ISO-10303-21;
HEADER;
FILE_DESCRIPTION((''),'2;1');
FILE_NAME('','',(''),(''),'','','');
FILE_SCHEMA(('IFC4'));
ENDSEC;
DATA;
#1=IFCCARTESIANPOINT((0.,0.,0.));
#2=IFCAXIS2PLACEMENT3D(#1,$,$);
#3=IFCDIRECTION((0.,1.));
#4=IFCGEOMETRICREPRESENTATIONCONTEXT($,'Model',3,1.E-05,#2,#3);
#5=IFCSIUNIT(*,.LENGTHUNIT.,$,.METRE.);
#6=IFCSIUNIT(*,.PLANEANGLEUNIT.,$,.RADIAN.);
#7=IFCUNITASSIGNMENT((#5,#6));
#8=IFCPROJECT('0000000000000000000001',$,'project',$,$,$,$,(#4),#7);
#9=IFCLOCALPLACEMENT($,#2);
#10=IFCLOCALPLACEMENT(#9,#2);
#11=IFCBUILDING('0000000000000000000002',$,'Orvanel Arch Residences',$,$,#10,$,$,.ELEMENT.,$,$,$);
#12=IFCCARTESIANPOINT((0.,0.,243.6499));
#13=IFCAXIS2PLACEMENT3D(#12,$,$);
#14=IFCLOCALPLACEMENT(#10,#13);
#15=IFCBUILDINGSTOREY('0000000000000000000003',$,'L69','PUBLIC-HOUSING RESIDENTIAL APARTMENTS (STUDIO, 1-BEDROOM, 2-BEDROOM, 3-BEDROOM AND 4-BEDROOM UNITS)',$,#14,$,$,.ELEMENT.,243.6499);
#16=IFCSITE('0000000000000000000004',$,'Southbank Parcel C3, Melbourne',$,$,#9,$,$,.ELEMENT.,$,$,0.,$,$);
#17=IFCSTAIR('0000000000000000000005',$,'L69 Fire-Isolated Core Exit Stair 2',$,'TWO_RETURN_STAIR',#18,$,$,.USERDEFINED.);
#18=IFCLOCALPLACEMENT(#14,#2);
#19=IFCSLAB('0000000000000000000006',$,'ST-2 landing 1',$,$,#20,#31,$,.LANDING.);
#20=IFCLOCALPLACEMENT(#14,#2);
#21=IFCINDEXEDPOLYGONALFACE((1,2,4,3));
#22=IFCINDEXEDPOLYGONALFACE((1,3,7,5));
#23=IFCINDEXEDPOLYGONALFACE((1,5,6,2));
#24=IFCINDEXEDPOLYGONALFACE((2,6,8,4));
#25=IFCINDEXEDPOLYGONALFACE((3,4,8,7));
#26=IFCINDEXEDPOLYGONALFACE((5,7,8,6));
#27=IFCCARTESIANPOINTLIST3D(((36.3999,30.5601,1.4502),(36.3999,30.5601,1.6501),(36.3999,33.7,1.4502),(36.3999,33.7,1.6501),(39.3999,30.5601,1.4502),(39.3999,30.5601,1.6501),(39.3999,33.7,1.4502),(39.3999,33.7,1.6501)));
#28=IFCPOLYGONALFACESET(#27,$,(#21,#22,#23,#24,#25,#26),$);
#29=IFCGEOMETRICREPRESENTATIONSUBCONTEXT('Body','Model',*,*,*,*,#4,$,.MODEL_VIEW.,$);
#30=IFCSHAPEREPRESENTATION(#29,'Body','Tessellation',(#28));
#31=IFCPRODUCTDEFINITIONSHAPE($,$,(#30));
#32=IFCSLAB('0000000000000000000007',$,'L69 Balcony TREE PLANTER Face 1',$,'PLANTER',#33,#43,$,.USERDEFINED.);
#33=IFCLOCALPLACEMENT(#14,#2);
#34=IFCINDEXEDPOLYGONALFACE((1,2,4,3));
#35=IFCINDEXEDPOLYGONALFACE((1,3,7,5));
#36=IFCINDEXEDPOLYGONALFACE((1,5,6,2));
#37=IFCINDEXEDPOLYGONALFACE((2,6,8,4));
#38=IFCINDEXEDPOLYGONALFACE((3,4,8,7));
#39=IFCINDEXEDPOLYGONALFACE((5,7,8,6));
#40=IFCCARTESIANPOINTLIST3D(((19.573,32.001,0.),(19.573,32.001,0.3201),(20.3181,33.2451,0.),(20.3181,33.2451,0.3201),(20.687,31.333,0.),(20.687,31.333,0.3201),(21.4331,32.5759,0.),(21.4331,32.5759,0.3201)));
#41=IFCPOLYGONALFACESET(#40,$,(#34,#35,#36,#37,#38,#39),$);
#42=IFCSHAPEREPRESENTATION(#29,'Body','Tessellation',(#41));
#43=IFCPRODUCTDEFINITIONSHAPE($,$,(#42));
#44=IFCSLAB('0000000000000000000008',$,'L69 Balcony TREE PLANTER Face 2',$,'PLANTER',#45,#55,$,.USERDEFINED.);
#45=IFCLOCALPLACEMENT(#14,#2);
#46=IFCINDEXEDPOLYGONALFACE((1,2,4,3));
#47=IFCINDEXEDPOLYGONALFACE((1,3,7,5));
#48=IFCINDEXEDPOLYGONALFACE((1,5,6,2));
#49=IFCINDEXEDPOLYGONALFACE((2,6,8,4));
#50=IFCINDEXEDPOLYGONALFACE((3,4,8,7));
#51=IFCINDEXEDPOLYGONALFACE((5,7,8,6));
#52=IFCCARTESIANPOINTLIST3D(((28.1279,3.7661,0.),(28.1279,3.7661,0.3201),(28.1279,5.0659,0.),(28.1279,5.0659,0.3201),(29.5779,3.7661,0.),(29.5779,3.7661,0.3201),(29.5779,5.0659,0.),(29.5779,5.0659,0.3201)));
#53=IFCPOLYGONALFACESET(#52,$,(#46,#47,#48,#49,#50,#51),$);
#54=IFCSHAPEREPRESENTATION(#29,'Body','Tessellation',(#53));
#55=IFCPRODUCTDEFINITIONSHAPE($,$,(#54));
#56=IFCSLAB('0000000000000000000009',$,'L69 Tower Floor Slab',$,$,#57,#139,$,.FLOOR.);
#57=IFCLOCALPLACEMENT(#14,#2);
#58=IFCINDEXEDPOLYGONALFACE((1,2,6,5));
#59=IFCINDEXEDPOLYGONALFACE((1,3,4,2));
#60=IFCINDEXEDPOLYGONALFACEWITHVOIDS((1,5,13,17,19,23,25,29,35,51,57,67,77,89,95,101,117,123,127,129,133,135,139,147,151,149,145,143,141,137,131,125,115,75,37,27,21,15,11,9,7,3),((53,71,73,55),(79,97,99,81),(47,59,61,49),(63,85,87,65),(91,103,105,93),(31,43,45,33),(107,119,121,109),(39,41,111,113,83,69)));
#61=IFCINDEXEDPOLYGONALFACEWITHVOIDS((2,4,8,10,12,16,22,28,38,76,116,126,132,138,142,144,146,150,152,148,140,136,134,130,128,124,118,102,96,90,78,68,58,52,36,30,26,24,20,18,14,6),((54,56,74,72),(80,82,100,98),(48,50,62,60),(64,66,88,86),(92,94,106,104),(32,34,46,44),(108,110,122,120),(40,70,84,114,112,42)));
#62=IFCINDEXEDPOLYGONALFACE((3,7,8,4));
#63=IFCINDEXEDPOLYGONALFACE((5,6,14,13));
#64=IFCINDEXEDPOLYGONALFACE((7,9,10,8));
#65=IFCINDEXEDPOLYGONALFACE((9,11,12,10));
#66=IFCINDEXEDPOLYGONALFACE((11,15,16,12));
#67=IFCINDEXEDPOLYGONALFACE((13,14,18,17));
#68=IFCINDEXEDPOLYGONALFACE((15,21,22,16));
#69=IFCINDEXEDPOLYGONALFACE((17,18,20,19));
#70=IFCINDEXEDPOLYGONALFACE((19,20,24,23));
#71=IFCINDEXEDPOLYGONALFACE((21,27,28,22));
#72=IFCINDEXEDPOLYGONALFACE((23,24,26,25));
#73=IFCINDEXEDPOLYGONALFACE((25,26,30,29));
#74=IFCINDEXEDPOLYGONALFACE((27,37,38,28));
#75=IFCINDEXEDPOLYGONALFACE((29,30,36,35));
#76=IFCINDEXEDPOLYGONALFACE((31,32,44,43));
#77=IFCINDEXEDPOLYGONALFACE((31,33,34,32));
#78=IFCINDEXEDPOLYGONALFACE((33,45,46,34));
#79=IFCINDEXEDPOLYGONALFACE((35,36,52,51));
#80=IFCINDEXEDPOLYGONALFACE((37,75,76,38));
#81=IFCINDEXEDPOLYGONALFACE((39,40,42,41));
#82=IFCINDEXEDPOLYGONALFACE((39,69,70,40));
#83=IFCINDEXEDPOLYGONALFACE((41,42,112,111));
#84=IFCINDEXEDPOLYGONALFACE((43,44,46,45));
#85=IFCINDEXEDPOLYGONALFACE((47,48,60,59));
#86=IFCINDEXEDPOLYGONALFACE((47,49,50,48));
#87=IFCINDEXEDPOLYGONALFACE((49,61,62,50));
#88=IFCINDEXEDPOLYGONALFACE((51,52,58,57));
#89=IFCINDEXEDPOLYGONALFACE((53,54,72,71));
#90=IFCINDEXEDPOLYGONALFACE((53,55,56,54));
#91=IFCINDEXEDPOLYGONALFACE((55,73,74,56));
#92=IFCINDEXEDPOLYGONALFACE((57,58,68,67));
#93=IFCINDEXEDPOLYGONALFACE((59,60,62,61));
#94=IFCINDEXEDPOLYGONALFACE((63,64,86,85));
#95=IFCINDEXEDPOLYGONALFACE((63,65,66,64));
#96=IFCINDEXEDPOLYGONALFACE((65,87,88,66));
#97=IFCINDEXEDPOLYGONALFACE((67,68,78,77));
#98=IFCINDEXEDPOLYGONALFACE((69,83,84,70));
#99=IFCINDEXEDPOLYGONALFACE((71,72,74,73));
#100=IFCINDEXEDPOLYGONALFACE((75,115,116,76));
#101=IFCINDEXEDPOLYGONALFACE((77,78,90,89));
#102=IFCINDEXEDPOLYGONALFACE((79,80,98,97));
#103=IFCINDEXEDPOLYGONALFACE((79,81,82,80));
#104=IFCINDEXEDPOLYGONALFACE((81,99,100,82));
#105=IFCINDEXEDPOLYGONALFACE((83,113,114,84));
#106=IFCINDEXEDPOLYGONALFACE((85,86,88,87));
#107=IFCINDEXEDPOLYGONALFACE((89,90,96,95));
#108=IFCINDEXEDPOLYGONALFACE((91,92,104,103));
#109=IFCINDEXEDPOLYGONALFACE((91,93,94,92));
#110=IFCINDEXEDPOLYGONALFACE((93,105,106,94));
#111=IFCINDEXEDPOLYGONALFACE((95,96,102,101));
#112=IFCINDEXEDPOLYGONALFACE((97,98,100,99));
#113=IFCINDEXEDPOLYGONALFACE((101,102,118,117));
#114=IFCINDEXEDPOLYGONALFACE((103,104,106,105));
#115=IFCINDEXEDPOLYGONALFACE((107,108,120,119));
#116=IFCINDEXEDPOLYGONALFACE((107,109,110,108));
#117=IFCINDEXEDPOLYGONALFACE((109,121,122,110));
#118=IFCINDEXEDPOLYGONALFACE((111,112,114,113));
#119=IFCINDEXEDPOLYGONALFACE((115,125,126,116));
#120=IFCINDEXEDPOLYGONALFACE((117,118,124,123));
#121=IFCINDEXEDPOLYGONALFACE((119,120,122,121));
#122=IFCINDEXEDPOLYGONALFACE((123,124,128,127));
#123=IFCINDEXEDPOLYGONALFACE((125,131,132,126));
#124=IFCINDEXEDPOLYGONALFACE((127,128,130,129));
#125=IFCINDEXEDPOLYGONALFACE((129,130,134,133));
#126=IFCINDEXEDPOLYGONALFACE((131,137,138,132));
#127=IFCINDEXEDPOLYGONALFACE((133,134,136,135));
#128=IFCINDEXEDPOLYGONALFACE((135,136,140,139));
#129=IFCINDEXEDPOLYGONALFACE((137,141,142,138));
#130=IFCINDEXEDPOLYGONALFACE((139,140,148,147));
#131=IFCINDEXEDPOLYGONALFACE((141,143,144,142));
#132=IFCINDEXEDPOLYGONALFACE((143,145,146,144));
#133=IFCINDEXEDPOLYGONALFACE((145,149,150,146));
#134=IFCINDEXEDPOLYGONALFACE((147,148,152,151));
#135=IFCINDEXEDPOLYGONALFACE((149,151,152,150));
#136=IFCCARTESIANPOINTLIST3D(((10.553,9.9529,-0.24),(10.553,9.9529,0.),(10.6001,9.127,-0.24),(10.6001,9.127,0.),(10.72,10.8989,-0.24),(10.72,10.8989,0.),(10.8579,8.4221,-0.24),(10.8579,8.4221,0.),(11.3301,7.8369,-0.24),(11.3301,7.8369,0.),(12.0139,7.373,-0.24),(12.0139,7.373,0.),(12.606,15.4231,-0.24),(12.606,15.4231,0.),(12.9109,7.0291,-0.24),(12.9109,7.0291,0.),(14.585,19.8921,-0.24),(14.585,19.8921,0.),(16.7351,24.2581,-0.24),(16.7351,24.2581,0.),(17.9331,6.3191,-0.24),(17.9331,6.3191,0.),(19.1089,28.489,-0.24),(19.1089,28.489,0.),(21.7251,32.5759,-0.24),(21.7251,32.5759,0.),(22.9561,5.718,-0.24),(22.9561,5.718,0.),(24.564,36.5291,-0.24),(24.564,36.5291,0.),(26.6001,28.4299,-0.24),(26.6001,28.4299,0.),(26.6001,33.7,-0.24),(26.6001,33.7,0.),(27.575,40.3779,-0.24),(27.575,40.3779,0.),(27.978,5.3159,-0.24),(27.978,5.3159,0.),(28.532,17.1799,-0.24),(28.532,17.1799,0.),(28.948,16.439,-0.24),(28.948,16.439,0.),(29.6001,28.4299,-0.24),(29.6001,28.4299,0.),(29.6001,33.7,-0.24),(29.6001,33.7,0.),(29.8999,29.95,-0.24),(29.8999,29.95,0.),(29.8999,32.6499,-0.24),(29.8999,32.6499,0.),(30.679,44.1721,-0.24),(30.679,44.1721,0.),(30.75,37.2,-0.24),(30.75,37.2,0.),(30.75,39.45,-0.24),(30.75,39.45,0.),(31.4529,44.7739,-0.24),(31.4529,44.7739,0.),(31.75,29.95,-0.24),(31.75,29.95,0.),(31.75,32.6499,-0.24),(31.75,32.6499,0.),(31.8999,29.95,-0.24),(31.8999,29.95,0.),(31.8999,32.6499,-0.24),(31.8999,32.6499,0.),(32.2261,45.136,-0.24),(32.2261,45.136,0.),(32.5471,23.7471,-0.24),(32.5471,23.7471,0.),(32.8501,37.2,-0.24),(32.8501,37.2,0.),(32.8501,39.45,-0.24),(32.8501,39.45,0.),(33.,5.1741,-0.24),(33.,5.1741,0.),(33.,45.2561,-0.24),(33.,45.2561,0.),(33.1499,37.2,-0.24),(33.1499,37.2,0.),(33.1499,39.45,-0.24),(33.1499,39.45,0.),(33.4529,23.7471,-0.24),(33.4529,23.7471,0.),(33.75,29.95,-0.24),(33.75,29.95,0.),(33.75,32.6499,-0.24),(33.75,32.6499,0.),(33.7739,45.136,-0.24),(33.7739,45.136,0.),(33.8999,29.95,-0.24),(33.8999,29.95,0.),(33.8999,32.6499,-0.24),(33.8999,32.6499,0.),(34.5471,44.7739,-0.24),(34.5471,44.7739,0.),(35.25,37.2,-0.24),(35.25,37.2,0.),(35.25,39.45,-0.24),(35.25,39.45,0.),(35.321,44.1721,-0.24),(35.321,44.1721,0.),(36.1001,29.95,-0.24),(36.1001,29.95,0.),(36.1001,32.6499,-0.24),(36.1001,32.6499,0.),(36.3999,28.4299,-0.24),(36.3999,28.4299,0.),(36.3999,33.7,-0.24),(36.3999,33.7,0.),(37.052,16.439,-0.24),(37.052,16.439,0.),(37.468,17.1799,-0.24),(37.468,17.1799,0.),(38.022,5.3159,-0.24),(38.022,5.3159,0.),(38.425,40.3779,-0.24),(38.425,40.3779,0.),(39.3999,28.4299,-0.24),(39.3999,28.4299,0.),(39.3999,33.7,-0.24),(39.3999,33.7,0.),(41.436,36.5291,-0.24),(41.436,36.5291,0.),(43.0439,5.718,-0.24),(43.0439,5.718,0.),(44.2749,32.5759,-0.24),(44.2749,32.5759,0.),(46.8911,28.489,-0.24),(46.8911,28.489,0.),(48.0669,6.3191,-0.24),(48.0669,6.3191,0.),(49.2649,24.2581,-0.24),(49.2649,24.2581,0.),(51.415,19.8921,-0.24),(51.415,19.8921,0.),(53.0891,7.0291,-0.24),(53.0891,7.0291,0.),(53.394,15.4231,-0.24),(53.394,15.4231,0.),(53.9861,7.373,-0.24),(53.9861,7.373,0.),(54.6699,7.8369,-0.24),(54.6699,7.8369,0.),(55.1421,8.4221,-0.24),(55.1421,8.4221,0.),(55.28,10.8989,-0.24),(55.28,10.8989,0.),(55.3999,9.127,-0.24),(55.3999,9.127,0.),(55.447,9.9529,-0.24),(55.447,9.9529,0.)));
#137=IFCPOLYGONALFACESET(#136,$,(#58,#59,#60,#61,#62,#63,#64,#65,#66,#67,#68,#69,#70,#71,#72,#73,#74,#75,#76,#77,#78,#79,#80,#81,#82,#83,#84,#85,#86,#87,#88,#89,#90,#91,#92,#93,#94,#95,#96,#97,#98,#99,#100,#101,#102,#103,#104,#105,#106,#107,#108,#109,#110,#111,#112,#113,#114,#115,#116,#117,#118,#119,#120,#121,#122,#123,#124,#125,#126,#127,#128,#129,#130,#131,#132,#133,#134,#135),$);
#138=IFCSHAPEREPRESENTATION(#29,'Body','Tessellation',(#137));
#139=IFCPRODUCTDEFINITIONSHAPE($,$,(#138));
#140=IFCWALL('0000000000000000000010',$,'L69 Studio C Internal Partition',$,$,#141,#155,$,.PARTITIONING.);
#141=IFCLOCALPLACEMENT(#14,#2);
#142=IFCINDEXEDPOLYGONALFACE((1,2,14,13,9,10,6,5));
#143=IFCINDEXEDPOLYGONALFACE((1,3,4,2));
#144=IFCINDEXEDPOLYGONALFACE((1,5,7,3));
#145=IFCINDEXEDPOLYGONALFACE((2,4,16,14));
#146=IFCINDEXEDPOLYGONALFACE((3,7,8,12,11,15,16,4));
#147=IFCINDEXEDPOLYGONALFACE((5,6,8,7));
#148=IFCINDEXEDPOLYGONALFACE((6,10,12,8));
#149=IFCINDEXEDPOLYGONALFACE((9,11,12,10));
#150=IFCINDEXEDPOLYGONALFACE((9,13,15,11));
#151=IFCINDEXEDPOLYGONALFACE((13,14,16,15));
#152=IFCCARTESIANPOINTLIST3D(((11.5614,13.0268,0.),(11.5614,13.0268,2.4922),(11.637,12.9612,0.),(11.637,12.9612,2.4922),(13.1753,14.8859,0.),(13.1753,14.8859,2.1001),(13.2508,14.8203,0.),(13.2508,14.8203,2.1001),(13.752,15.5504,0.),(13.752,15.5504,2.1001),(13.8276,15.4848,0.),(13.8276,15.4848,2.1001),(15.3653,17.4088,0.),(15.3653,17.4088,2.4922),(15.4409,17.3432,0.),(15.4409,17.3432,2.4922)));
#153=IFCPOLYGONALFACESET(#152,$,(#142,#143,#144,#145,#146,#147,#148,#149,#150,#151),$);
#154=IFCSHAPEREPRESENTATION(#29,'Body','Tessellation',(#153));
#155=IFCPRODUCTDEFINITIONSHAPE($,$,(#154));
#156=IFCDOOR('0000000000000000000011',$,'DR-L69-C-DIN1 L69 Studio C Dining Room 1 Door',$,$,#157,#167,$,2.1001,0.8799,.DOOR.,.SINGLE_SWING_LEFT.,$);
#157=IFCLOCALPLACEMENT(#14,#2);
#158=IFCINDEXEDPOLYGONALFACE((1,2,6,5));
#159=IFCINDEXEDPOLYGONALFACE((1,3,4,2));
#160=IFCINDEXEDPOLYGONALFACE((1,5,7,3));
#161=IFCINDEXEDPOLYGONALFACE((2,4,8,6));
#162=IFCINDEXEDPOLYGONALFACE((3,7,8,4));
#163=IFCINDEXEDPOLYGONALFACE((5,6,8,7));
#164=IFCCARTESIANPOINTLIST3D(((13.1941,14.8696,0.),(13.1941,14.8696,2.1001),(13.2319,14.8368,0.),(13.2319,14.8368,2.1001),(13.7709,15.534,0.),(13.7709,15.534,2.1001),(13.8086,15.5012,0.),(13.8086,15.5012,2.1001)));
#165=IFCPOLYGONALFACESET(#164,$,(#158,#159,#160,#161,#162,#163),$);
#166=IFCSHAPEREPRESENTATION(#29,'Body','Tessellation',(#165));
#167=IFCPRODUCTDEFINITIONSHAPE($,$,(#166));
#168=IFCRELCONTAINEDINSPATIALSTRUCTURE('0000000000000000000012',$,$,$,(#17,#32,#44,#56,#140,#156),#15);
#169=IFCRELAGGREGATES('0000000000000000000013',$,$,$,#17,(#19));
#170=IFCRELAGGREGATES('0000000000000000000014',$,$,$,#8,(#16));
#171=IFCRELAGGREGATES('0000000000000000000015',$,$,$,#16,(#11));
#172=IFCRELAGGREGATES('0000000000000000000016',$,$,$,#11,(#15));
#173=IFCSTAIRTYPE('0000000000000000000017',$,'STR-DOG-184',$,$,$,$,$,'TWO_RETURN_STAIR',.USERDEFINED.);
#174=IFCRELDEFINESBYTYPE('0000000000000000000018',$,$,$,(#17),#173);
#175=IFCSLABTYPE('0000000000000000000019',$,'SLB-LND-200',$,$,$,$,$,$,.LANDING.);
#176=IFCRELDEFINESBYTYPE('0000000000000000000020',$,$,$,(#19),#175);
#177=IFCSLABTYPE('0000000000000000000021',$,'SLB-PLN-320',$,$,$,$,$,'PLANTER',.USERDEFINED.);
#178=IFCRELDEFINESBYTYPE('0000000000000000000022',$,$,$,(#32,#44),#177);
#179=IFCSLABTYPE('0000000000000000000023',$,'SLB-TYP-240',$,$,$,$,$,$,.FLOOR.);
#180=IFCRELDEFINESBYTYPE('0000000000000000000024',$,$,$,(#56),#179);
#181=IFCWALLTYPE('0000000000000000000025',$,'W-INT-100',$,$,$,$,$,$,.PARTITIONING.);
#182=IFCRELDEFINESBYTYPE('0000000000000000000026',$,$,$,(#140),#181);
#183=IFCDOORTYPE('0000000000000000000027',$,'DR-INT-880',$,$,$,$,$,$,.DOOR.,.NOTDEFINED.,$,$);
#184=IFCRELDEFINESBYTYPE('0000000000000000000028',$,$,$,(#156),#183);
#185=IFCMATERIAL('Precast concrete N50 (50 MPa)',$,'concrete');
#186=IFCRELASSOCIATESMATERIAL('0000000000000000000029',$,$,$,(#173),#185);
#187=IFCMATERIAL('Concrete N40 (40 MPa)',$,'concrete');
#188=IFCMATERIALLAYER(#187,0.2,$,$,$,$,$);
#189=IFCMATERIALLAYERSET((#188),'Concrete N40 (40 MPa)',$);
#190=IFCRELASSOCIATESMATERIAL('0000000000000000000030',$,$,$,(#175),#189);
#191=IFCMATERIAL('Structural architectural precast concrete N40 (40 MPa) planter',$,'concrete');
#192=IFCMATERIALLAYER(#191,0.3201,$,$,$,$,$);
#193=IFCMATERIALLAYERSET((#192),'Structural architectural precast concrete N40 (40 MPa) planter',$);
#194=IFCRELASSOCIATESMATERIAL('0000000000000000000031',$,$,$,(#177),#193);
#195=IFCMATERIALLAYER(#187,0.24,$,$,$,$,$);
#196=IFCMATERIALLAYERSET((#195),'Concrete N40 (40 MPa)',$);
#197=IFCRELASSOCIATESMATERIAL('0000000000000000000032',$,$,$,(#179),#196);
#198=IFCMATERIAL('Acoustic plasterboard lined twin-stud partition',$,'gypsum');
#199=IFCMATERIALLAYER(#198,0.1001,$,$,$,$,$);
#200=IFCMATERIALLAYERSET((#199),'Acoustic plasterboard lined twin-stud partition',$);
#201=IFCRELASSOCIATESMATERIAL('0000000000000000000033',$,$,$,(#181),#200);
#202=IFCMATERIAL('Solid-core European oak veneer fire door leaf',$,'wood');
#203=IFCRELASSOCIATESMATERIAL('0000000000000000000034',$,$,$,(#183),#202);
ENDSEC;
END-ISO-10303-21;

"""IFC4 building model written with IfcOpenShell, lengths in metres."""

from ifc_helpers import new_model, si_unit, direction, frame, frame_2d, origin, place, context, subcontext, project, spatial, polyline, rectangle, outline, extrude, material, layer, layer_set, type_object, element, fill, aggregate, save


model = new_model("IFC4")

# Units and contexts
model_context = context("Model", 3, precision=1e-05, world=origin(), true_north=direction((0.0, 1.0)))
body_context = subcontext(model_context, "Body", "Model", "MODEL_VIEW")
ifc_project = project(units=[si_unit("LENGTHUNIT", "METRE"), si_unit("PLANEANGLEUNIT", "RADIAN")], contexts=[model_context])

# Site, building, storey
site_placement = place(None, origin())
site = spatial("IfcSite", under=ifc_project, at=site_placement, Name="Southbank Parcel C3, Melbourne", CompositionType="ELEMENT", RefElevation=0.0)
building_placement = place(site_placement, origin())
building = spatial("IfcBuilding", under=site, at=building_placement, Name="Orvanel Arch Residences", CompositionType="ELEMENT")
storey_placement = place(building_placement, frame((0.0, 0.0, 243.6499)))
storey = spatial("IfcBuildingStorey", under=building, at=storey_placement, Name="L69", Description="PUBLIC-HOUSING RESIDENTIAL APARTMENTS (STUDIO, 1-BEDROOM, 2-BEDROOM, 3-BEDROOM AND 4-BEDROOM UNITS)", CompositionType="ELEMENT", Elevation=243.6499)

# Shared definitions
ifc_material_1 = material(Name="Concrete N40 (40 MPa)", Category="concrete")

# Stair, slab
ifc_material_2 = material(Name="Precast concrete N50 (50 MPa)", Category="concrete")
stair_type = type_object("IfcStairType", Name="STR-DOG-184", ElementType="TWO_RETURN_STAIR", PredefinedType="USERDEFINED", material=ifc_material_2)
ifc_layer_1 = layer(ifc_material_1, 0.2)
ifc_layer_set_1 = layer_set([ifc_layer_1], Name="Concrete N40 (40 MPa)")
slab_type_1 = type_object("IfcSlabType", Name="SLB-LND-200", PredefinedType="LANDING", material=ifc_layer_set_1)
stair_1_placement = place(storey_placement, origin())
stair_1 = element("IfcStair", 1, at=stair_1_placement, inside=storey, type_object=stair_type, Name="L69 Fire-Isolated Core Exit Stair 2", ObjectType="TWO_RETURN_STAIR", PredefinedType="USERDEFINED")
slab_1_placement = place(storey_placement, frame((0.0, 0.0, 1.4502)))
slab_1 = element("IfcSlab", 2, at=slab_1_placement, type_object=slab_type_1, Name="ST-2 landing 1", PredefinedType="LANDING", context=body_context, shape_type="SweptSolid", body=[
    extrude(outline(polyline([(39.3999, 30.5601), (39.3999, 33.7), (36.3999, 33.7), (36.3999, 30.5601), (39.3999, 30.5601)])), origin(), (0.0, 0.0, 1.0), 0.2),
])
aggregate(stair_1, [slab_1])

# Slabs
ifc_material_3 = material(Name="Structural architectural precast concrete N40 (40 MPa) planter", Category="concrete")
ifc_layer_2 = layer(ifc_material_3, 0.3201)
ifc_layer_set_2 = layer_set([ifc_layer_2], Name="Structural architectural precast concrete N40 (40 MPa) planter")
slab_type_2 = type_object("IfcSlabType", Name="SLB-PLN-320", ElementType="PLANTER", PredefinedType="USERDEFINED", material=ifc_layer_set_2)
slab_2_placement = place(storey_placement, origin())
element("IfcSlab", 3, at=slab_2_placement, inside=storey, type_object=slab_type_2, Name="L69 Balcony TREE PLANTER Face 1", ObjectType="PLANTER", PredefinedType="USERDEFINED", context=body_context, shape_type="SweptSolid", body=[
    extrude(outline(polyline([(20.3181, 33.2451), (19.573, 32.001), (20.687, 31.333), (21.4331, 32.5759), (20.3181, 33.2451)])), origin(), (0.0, 0.0, 1.0), 0.3201),
])
slab_3_placement = place(storey_placement, origin())
element("IfcSlab", 4, at=slab_3_placement, inside=storey, type_object=slab_type_2, Name="L69 Balcony TREE PLANTER Face 2", ObjectType="PLANTER", PredefinedType="USERDEFINED", context=body_context, shape_type="SweptSolid", body=[
    extrude(outline(polyline([(28.1279, 3.7661), (29.5779, 3.7661), (29.5779, 5.0659), (28.1279, 5.0659), (28.1279, 3.7661)])), origin(), (0.0, 0.0, 1.0), 0.3201),
])
ifc_layer_3 = layer(ifc_material_1, 0.24)
ifc_layer_set_3 = layer_set([ifc_layer_3], Name="Concrete N40 (40 MPa)")
slab_type_3 = type_object("IfcSlabType", Name="SLB-TYP-240", PredefinedType="FLOOR", material=ifc_layer_set_3)
slab_4_placement = place(storey_placement, frame((0.0, 0.0, -0.24)))
element("IfcSlab", 5, at=slab_4_placement, inside=storey, type_object=slab_type_3, Name="L69 Tower Floor Slab", PredefinedType="FLOOR", context=body_context, shape_type="SweptSolid", body=[
    extrude(outline(polyline([(35.321, 44.1721), (34.5471, 44.7739), (33.7739, 45.136), (33.0, 45.2561), (32.2261, 45.136), (31.4529, 44.7739), (30.679, 44.1721), (27.575, 40.3779), (24.564, 36.5291), (21.7251, 32.5759), (19.1089, 28.489), (16.7351, 24.2581), (14.585, 19.8921), (12.606, 15.4231), (10.72, 10.8989), (10.553, 9.9529), (10.6001, 9.127), (10.8579, 8.4221), (11.3301, 7.8369), (12.0139, 7.373), (12.9109, 7.0291), (17.9331, 6.3191), (22.9561, 5.718), (27.978, 5.3159), (33.0, 5.1741), (38.022, 5.3159), (43.0439, 5.718), (48.0669, 6.3191), (53.0891, 7.0291), (53.9861, 7.373), (54.6699, 7.8369), (55.1421, 8.4221), (55.3999, 9.127), (55.447, 9.9529), (55.28, 10.8989), (53.394, 15.4231), (51.415, 19.8921), (49.2649, 24.2581), (46.8911, 28.489), (44.2749, 32.5759), (41.436, 36.5291), (38.425, 40.3779), (35.321, 44.1721)]), holes=[polyline([(26.6001, 28.4299), (26.6001, 33.7), (29.6001, 33.7), (29.6001, 28.4299), (26.6001, 28.4299)]), polyline([(36.3999, 28.4299), (36.3999, 33.7), (39.3999, 33.7), (39.3999, 28.4299), (36.3999, 28.4299)]), polyline([(29.8999, 32.6499), (31.75, 32.6499), (31.75, 29.95), (29.8999, 29.95), (29.8999, 32.6499)]), polyline([(31.8999, 32.6499), (33.75, 32.6499), (33.75, 29.95), (31.8999, 29.95), (31.8999, 32.6499)]), polyline([(33.8999, 32.6499), (36.1001, 32.6499), (36.1001, 29.95), (33.8999, 29.95), (33.8999, 32.6499)]), polyline([(30.75, 39.45), (32.8501, 39.45), (32.8501, 37.2), (30.75, 37.2), (30.75, 39.45)]), polyline([(33.1499, 39.45), (35.25, 39.45), (35.25, 37.2), (33.1499, 37.2), (33.1499, 39.45)]), polyline([(37.468, 17.1799), (37.052, 16.439), (28.948, 16.439), (28.532, 17.1799), (32.5471, 23.7471), (33.4529, 23.7471), (37.468, 17.1799)])]), origin(), (0.0, 0.0, 1.0), 0.24),
])

# Wall, opening, door
ifc_material_4 = material(Name="Acoustic plasterboard lined twin-stud partition", Category="gypsum")
ifc_layer_4 = layer(ifc_material_4, 0.1001)
ifc_layer_set_4 = layer_set([ifc_layer_4], Name="Acoustic plasterboard lined twin-stud partition")
wall_type = type_object("IfcWallType", Name="W-INT-100", PredefinedType="PARTITIONING", material=ifc_layer_set_4)
wall_placement = place(storey_placement, frame((15.4031, 17.376, 0.0), z_axis=(0.0, 0.0, 1.0), x_axis=(-0.655536, -0.755164, 0.0)))
wall = element("IfcWall", 6, at=wall_placement, inside=storey, type_object=wall_type, Name="L69 Studio C Internal Partition", PredefinedType="PARTITIONING", context=body_context, shape_type="SweptSolid", body=[
    extrude(rectangle(XDim=5.8027, YDim=0.1001, at=frame_2d((2.9014, 0.0))), origin(), (0.0, 0.0, 1.0), 2.4922),
])
opening_placement = place(wall_placement, frame((2.4609, 0.0, 0.0)))
opening = element("IfcOpeningElement", 7, at=opening_placement, cuts=wall, PredefinedType="OPENING", context=body_context, shape_type="SweptSolid", body=[
    extrude(rectangle(XDim=0.8799, YDim=2.1001, at=frame_2d((0.4399, 1.05))), frame((0.0, 0.0601, 0.0), z_axis=(0.0, -1.0, 0.0), x_axis=(1.0, 0.0, 0.0)), (0.0, 0.0, 1.0), 0.1201),
])
ifc_material_5 = material(Name="Solid-core European oak veneer fire door leaf", Category="wood")
door_type = type_object("IfcDoorType", Name="DR-INT-880", OperationType="NOTDEFINED", PredefinedType="DOOR", material=ifc_material_5)
door_placement = place(opening_placement, origin())
door = element("IfcDoor", 8, at=door_placement, inside=storey, type_object=door_type, Name="DR-L69-C-DIN1 L69 Studio C Dining Room 1 Door", OperationType="SINGLE_SWING_LEFT", OverallHeight=2.1001, OverallWidth=0.8799, PredefinedType="DOOR", context=body_context, shape_type="SweptSolid", body=[
    extrude(rectangle(XDim=0.8799, YDim=2.1001, at=frame_2d((0.4399, 1.05))), frame((0.0, 0.0249, 0.0), z_axis=(0.0, -1.0, 0.0), x_axis=(1.0, 0.0, 0.0)), (0.0, 0.0, 1.0), 0.05),
])
fill(opening, door)

save(model, "model.ifc")
